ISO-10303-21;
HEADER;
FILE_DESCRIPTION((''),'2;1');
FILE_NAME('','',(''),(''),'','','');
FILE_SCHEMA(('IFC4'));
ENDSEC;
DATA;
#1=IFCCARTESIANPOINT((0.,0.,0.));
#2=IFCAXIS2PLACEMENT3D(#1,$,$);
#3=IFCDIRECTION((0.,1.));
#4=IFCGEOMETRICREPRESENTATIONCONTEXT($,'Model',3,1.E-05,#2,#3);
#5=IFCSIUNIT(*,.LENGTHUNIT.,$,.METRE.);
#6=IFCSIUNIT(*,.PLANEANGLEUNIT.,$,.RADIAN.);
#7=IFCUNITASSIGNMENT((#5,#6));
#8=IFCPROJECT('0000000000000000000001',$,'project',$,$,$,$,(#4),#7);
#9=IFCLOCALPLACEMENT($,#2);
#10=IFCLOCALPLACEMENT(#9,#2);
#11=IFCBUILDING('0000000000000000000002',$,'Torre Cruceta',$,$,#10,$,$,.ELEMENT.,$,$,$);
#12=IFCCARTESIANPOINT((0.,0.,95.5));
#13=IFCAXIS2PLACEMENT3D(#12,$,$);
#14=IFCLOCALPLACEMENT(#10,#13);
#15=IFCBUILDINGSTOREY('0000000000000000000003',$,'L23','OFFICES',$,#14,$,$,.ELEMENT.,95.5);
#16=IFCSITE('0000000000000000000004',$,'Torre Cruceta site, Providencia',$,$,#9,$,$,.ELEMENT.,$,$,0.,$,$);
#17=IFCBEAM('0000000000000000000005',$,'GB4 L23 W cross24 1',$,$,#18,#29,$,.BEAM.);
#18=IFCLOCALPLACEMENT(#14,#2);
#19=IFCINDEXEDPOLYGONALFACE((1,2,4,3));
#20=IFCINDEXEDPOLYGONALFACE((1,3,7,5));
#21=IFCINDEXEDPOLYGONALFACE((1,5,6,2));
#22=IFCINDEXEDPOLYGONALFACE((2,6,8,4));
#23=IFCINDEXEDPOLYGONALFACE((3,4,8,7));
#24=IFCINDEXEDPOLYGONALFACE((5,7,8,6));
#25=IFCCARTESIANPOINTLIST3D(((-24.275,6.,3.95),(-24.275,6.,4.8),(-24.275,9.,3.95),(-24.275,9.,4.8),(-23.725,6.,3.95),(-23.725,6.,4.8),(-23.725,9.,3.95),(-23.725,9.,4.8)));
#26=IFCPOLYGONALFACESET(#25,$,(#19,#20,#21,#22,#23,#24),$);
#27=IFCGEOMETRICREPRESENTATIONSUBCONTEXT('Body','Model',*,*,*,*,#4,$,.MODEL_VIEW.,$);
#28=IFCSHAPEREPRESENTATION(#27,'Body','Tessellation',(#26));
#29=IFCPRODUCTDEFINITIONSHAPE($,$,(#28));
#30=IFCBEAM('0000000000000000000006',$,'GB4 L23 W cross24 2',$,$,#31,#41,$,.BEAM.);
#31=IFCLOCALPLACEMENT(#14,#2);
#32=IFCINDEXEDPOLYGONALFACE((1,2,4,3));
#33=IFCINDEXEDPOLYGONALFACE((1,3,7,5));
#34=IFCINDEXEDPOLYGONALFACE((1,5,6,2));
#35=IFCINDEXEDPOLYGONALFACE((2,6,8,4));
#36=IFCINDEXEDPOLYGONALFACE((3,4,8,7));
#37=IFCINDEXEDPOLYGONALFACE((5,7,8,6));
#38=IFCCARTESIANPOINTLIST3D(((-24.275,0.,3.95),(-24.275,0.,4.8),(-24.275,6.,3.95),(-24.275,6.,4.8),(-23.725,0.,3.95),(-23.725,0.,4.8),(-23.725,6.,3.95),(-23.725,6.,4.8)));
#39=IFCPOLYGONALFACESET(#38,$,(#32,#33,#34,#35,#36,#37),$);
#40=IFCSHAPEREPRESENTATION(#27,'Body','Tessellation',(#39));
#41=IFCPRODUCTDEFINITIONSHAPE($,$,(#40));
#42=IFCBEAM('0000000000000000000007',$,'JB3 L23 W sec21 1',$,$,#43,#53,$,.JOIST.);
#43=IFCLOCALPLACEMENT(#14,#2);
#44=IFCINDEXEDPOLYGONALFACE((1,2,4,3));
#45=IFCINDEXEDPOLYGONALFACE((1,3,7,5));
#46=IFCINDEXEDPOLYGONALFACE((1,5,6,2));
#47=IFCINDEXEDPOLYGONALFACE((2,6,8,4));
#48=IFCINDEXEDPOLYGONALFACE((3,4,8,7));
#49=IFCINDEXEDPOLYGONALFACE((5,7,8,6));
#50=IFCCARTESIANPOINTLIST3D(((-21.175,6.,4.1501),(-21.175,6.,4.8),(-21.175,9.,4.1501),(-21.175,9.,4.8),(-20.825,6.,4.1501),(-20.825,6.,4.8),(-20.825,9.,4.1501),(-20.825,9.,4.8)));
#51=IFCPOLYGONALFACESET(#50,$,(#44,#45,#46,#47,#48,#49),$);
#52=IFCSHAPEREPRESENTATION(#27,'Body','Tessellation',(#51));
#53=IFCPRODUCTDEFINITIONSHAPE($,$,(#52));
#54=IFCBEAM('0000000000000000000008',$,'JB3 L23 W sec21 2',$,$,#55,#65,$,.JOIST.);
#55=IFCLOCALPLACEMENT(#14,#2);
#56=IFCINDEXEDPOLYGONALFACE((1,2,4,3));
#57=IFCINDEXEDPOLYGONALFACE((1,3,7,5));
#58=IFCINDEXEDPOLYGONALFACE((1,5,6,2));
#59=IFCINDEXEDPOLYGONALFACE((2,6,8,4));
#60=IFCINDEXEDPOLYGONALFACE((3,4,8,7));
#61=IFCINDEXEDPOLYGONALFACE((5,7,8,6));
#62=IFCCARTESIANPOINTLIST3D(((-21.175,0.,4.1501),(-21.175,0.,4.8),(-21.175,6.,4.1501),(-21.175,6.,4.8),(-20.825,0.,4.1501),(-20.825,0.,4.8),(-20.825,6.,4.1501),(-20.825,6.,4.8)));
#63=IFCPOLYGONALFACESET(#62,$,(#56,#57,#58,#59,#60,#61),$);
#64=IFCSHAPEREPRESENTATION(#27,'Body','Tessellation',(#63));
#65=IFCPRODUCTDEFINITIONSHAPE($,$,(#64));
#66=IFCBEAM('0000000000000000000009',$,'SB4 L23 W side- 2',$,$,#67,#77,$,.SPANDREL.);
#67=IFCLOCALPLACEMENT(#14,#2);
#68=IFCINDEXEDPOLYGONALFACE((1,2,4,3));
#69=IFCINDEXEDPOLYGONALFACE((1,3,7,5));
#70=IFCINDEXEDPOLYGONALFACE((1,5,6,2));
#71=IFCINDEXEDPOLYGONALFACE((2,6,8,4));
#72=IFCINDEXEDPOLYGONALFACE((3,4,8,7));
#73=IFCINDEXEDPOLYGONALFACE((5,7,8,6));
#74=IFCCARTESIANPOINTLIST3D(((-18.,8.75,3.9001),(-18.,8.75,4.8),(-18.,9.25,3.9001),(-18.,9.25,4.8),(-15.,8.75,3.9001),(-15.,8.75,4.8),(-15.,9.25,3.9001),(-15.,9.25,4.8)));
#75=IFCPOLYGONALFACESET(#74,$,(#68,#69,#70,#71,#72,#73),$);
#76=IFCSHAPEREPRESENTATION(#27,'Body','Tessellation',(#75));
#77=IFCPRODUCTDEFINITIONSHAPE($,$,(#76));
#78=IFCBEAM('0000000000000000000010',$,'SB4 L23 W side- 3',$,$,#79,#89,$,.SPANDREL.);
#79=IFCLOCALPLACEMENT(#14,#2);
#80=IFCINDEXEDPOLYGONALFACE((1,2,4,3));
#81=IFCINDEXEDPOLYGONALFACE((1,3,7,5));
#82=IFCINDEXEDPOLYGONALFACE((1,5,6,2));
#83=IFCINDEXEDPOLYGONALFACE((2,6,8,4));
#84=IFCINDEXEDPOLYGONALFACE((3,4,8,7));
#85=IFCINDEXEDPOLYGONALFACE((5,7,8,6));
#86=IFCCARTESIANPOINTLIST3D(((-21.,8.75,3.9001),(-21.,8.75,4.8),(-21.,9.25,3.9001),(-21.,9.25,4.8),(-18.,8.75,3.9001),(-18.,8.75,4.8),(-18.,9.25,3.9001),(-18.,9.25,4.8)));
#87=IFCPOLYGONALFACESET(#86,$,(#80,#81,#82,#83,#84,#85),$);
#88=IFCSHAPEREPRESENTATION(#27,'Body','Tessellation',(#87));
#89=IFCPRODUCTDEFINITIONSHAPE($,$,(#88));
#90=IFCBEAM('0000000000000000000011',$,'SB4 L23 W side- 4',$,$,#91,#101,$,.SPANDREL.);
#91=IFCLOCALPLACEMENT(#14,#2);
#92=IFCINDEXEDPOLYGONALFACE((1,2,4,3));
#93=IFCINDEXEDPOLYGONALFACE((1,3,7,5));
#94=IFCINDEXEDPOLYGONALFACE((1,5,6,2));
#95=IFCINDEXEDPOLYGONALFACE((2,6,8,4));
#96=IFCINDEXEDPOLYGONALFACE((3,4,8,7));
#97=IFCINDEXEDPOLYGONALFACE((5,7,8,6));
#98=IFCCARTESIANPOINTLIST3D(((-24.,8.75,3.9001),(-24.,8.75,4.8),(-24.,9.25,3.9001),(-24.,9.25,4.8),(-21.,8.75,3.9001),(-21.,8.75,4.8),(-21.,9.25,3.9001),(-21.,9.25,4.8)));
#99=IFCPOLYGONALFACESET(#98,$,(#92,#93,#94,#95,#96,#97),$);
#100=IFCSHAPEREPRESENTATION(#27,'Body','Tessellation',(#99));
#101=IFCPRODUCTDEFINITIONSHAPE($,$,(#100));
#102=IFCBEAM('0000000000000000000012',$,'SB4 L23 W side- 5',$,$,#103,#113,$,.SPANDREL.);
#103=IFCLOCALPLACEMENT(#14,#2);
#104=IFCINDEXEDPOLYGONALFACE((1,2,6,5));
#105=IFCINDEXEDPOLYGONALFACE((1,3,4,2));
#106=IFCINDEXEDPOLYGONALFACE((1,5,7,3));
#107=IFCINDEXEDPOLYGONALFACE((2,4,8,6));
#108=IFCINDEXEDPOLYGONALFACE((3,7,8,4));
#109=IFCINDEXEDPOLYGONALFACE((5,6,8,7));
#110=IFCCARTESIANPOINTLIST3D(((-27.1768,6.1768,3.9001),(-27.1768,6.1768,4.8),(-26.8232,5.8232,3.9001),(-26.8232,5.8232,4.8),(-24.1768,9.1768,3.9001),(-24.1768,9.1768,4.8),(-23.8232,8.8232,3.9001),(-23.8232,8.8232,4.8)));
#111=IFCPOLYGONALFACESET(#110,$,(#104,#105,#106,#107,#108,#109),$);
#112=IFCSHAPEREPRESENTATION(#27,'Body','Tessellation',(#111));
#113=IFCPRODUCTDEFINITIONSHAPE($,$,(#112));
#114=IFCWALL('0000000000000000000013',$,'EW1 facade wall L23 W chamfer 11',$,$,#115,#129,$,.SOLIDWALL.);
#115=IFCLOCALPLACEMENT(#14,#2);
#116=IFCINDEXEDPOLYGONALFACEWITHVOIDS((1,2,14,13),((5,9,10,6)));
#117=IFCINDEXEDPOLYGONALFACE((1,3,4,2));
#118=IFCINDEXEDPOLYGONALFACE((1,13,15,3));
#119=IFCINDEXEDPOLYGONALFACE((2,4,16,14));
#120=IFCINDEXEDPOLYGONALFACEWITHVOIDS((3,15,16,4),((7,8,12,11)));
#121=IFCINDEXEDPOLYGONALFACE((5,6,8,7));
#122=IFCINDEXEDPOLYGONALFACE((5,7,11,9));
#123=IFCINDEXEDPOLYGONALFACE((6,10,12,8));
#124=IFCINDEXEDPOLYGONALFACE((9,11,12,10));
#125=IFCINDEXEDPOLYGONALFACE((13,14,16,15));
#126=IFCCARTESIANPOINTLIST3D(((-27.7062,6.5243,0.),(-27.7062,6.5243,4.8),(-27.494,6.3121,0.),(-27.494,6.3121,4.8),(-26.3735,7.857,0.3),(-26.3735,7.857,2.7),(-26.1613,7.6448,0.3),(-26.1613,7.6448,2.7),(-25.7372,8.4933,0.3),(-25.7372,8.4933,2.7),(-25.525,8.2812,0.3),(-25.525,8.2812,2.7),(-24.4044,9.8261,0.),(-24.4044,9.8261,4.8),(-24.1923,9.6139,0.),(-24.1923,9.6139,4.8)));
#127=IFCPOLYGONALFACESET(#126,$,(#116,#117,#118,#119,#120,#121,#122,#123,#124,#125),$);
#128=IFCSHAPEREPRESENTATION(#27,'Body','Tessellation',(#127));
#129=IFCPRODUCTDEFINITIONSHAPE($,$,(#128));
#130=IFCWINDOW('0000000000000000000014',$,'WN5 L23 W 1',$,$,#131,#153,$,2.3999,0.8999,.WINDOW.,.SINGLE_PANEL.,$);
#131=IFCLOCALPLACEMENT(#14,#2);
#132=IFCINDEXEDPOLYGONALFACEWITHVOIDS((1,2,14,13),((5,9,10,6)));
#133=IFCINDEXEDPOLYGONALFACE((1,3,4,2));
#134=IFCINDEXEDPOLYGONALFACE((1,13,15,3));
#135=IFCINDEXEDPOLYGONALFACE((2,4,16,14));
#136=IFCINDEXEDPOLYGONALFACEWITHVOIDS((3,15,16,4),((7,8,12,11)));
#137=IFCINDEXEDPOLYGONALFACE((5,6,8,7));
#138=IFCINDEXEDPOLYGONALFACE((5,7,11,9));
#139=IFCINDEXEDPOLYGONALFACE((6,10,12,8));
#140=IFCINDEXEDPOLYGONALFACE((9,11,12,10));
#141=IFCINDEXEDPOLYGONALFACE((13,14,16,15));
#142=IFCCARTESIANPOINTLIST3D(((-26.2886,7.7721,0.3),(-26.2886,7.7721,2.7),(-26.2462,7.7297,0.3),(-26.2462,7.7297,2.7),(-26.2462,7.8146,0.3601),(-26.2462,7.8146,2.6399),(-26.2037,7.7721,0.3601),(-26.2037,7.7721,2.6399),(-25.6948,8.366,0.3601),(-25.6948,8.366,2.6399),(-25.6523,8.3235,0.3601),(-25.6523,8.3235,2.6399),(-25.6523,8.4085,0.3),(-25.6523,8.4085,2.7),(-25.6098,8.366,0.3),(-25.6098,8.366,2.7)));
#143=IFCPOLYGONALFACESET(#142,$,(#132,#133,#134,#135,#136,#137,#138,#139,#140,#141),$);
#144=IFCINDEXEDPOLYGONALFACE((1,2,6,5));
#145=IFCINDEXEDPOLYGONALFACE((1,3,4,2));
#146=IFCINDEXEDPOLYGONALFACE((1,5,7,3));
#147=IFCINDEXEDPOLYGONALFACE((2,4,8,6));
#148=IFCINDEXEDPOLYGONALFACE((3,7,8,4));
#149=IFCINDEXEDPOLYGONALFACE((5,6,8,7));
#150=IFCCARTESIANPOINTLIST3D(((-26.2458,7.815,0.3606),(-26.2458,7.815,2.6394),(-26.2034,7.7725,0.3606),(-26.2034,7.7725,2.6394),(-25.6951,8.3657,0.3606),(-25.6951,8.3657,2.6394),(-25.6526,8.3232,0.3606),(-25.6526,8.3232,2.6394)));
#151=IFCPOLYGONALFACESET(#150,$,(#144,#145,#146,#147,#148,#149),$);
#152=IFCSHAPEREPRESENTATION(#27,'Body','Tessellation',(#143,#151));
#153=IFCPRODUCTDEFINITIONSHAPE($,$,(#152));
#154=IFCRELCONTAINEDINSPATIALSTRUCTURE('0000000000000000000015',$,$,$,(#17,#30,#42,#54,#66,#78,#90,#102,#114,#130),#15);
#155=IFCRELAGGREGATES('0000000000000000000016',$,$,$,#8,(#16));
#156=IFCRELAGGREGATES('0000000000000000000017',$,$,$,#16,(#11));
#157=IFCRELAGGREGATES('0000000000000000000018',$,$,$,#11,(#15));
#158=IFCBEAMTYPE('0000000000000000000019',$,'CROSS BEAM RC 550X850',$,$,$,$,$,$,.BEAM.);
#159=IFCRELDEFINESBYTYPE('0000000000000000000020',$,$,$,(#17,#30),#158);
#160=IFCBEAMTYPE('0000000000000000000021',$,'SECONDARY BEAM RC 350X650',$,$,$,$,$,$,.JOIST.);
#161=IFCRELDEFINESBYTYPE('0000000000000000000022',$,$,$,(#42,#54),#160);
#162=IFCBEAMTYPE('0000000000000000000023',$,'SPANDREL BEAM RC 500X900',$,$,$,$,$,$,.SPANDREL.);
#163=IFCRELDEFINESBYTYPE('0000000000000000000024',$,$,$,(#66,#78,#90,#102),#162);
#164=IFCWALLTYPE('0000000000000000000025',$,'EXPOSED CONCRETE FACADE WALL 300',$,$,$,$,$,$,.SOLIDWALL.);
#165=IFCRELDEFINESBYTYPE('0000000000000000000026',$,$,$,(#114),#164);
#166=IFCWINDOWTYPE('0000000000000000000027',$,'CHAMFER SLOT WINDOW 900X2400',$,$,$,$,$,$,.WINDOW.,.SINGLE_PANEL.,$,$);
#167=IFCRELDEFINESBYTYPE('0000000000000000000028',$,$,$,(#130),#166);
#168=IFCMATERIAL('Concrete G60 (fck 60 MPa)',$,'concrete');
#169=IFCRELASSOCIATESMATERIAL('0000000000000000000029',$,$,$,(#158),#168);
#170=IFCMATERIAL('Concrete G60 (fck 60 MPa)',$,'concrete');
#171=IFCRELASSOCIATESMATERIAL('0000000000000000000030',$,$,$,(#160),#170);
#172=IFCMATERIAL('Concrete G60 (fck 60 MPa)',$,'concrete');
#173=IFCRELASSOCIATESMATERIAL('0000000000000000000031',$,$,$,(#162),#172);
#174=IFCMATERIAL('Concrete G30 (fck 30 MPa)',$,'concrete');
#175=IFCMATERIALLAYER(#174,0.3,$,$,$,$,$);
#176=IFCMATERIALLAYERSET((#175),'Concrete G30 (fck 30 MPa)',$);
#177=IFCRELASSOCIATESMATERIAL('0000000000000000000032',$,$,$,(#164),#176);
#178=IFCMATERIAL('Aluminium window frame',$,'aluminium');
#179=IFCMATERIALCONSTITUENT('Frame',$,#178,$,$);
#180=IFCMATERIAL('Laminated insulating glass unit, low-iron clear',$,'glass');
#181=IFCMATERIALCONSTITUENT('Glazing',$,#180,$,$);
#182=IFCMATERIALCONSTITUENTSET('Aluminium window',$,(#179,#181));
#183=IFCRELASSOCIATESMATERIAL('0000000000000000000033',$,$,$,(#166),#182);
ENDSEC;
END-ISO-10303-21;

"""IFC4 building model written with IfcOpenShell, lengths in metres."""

from ifc_helpers import new_model, si_unit, direction, frame, frame_2d, origin, origin_2d, place, context, subcontext, project, spatial, rectangle, hollow_rectangle, extrude, material, layer, layer_set, constituent, constituent_set, material_profile, profile_set, type_object, element, fill, save


model = new_model("IFC4")

# Units and contexts
model_context = context("Model", 3, precision=1e-05, world=origin(), true_north=direction((0.0, 1.0)))
body_context = subcontext(model_context, "Body", "Model", "MODEL_VIEW")
ifc_project = project(units=[si_unit("LENGTHUNIT", "METRE"), si_unit("PLANEANGLEUNIT", "RADIAN")], contexts=[model_context])

# Site, building, storey
site_placement = place(None, origin())
site = spatial("IfcSite", under=ifc_project, at=site_placement, Name="Torre Cruceta site, Providencia", CompositionType="ELEMENT", RefElevation=0.0)
building_placement = place(site_placement, origin())
building = spatial("IfcBuilding", under=site, at=building_placement, Name="Torre Cruceta", CompositionType="ELEMENT")
storey_placement = place(building_placement, frame((0.0, 0.0, 95.5)))
storey = spatial("IfcBuildingStorey", under=building, at=storey_placement, Name="L23", Description="OFFICES", CompositionType="ELEMENT", Elevation=95.5)

# Beams
ifc_material_1 = material(Name="Concrete G60 (fck 60 MPa)", Category="concrete")
ifc_material_profile_1 = material_profile(ifc_material_1, rectangle(XDim=0.55, YDim=0.8501, at=origin_2d()), Name="RC 550X850")
ifc_profile_set_1 = profile_set([ifc_material_profile_1], Name="Concrete G60 (fck 60 MPa)")
beam_type_1 = type_object("IfcBeamType", Name="CROSS BEAM RC 550X850", PredefinedType="BEAM", material=ifc_profile_set_1)
beam_1_placement = place(storey_placement, frame((-24.0, 9.0, 4.375), z_axis=(0.0, -1.0, 0.0), x_axis=(1.0, 0.0, 0.0)))
element("IfcBeam", 1, at=beam_1_placement, inside=storey, type_object=beam_type_1, Name="GB4 L23 W cross24 1", PredefinedType="BEAM", context=body_context, shape_type="SweptSolid", body=[
    extrude(rectangle(XDim=0.55, YDim=0.8501, at=origin_2d()), origin(), (0.0, 0.0, 1.0), 3.0),
])
beam_2_placement = place(storey_placement, frame((-24.0, 6.0, 4.375), z_axis=(0.0, -1.0, 0.0), x_axis=(1.0, 0.0, 0.0)))
element("IfcBeam", 2, at=beam_2_placement, inside=storey, type_object=beam_type_1, Name="GB4 L23 W cross24 2", PredefinedType="BEAM", context=body_context, shape_type="SweptSolid", body=[
    extrude(rectangle(XDim=0.55, YDim=0.8501, at=origin_2d()), origin(), (0.0, 0.0, 1.0), 6.0),
])
ifc_material_2 = material(Name="Concrete G60 (fck 60 MPa)", Category="concrete")
ifc_material_profile_2 = material_profile(ifc_material_2, rectangle(XDim=0.3501, YDim=0.6499, at=origin_2d()), Name="RC 350X650")
ifc_profile_set_2 = profile_set([ifc_material_profile_2], Name="Concrete G60 (fck 60 MPa)")
beam_type_2 = type_object("IfcBeamType", Name="SECONDARY BEAM RC 350X650", PredefinedType="JOIST", material=ifc_profile_set_2)
beam_3_placement = place(storey_placement, frame((-21.0, 9.0, 4.4751), z_axis=(0.0, -1.0, 0.0), x_axis=(1.0, 0.0, 0.0)))
element("IfcBeam", 3, at=beam_3_placement, inside=storey, type_object=beam_type_2, Name="JB3 L23 W sec21 1", PredefinedType="JOIST", context=body_context, shape_type="SweptSolid", body=[
    extrude(rectangle(XDim=0.3501, YDim=0.6499, at=origin_2d()), origin(), (0.0, 0.0, 1.0), 3.0),
])
beam_4_placement = place(storey_placement, frame((-21.0, 6.0, 4.4751), z_axis=(0.0, -1.0, 0.0), x_axis=(1.0, 0.0, 0.0)))
element("IfcBeam", 4, at=beam_4_placement, inside=storey, type_object=beam_type_2, Name="JB3 L23 W sec21 2", PredefinedType="JOIST", context=body_context, shape_type="SweptSolid", body=[
    extrude(rectangle(XDim=0.3501, YDim=0.6499, at=origin_2d()), origin(), (0.0, 0.0, 1.0), 6.0),
])
ifc_material_3 = material(Name="Concrete G60 (fck 60 MPa)", Category="concrete")
ifc_material_profile_3 = material_profile(ifc_material_3, rectangle(XDim=0.5, YDim=0.8999, at=origin_2d()), Name="RC 500X900")
ifc_profile_set_3 = profile_set([ifc_material_profile_3], Name="Concrete G60 (fck 60 MPa)")
beam_type_3 = type_object("IfcBeamType", Name="SPANDREL BEAM RC 500X900", PredefinedType="SPANDREL", material=ifc_profile_set_3)
for number, where, z_axis, x_axis, name in (
    (5, (-15.0, 9.0, 4.3501), (-1.0, 0.0, 0.0), (0.0, -1.0, 0.0), "SB4 L23 W side- 2"),
    (6, (-18.0, 9.0, 4.3501), (-1.0, 0.0, 0.0), (0.0, -1.0, 0.0), "SB4 L23 W side- 3"),
    (7, (-21.0, 9.0, 4.3501), (-1.0, 0.0, 0.0), (0.0, -1.0, 0.0), "SB4 L23 W side- 4"),
):
    element("IfcBeam", number, at=place(storey_placement, frame(where, z_axis=z_axis, x_axis=x_axis)), inside=storey, type_object=beam_type_3, Name=name, PredefinedType="SPANDREL", context=body_context, shape_type="SweptSolid", body=[
        extrude(rectangle(XDim=0.5, YDim=0.8999, at=origin_2d()), origin(), (0.0, 0.0, 1.0), 3.0),
    ])
beam_5_placement = place(storey_placement, frame((-24.0, 9.0, 4.3501), z_axis=(-0.707107, -0.707107, 0.0), x_axis=(0.707107, -0.707107, 0.0)))
element("IfcBeam", 8, at=beam_5_placement, inside=storey, type_object=beam_type_3, Name="SB4 L23 W side- 5", PredefinedType="SPANDREL", context=body_context, shape_type="SweptSolid", body=[
    extrude(rectangle(XDim=0.5, YDim=0.8999, at=origin_2d()), origin(), (0.0, 0.0, 1.0), 4.2427),
])

# Wall, opening, window
ifc_material_4 = material(Name="Concrete G30 (fck 30 MPa)", Category="concrete")
ifc_layer_1 = layer(ifc_material_4, 0.3)
ifc_layer_set_1 = layer_set([ifc_layer_1], Name="Concrete G30 (fck 30 MPa)")
wall_type_1 = type_object("IfcWallType", Name="EXPOSED CONCRETE FACADE WALL 300", PredefinedType="SOLIDWALL", material=ifc_layer_set_1)
wall_1_placement = place(storey_placement, frame((-24.2983, 9.72, 0.0), z_axis=(0.0, 0.0, 1.0), x_axis=(-0.707107, -0.707107, 0.0)))
wall_1 = element("IfcWall", 9, at=wall_1_placement, inside=storey, type_object=wall_type_1, Name="EW1 facade wall L23 W chamfer 11", PredefinedType="SOLIDWALL", context=body_context, shape_type="SweptSolid", body=[
    extrude(rectangle(XDim=4.6694, YDim=0.3, at=frame_2d((2.3347, 0.0))), origin(), (0.0, 0.0, 1.0), 4.8),
])
opening_1_placement = place(wall_1_placement, frame((1.8848, 0.0, 0.3)))
opening_1 = element("IfcOpeningElement", 10, at=opening_1_placement, cuts=wall_1, PredefinedType="OPENING", context=body_context, shape_type="SweptSolid", body=[
    extrude(rectangle(XDim=0.8999, YDim=2.3999, at=frame_2d((0.45, 1.2))), frame((0.0, 0.1599, 0.0), z_axis=(0.0, -1.0, 0.0), x_axis=(1.0, 0.0, 0.0)), (0.0, 0.0, 1.0), 0.3201),
])
ifc_material_5 = material(Name="Aluminium window frame", Category="aluminium")
ifc_constituent_1 = constituent(ifc_material_5, Name="Frame")
ifc_material_6 = material(Name="Laminated insulating glass unit, low-iron clear", Category="glass")
ifc_constituent_2 = constituent(ifc_material_6, Name="Glazing")
ifc_constituent_set_1 = constituent_set(constituents=[ifc_constituent_1, ifc_constituent_2], Name="Aluminium window")
window_type_1 = type_object("IfcWindowType", Name="CHAMFER SLOT WINDOW 900X2400", PartitioningType="SINGLE_PANEL", PredefinedType="WINDOW", material=ifc_constituent_set_1)
window_1_placement = place(opening_1_placement, origin())
window_1 = element("IfcWindow", 11, at=window_1_placement, inside=storey, type_object=window_type_1, Name="WN5 L23 W 1", OverallHeight=2.3999, OverallWidth=0.8999, PartitioningType="SINGLE_PANEL", PredefinedType="WINDOW", context=body_context, shape_type="SweptSolid", body=[
    extrude(hollow_rectangle(XDim=0.8999, YDim=2.3999, WallThickness=0.0601, at=frame_2d((0.45, 1.2))), frame((0.0, 0.03, 0.0), z_axis=(0.0, -1.0, 0.0), x_axis=(1.0, 0.0, 0.0)), (0.0, 0.0, 1.0), 0.0601),
    extrude(rectangle(XDim=0.7788, YDim=2.2788, at=frame_2d((0.45, 1.2))), frame((0.0, 0.03, 0.0), z_axis=(0.0, -1.0, 0.0), x_axis=(1.0, 0.0, 0.0)), (0.0, 0.0, 1.0), 0.0601),
])
fill(opening_1, window_1)

save(model, "model.ifc")
